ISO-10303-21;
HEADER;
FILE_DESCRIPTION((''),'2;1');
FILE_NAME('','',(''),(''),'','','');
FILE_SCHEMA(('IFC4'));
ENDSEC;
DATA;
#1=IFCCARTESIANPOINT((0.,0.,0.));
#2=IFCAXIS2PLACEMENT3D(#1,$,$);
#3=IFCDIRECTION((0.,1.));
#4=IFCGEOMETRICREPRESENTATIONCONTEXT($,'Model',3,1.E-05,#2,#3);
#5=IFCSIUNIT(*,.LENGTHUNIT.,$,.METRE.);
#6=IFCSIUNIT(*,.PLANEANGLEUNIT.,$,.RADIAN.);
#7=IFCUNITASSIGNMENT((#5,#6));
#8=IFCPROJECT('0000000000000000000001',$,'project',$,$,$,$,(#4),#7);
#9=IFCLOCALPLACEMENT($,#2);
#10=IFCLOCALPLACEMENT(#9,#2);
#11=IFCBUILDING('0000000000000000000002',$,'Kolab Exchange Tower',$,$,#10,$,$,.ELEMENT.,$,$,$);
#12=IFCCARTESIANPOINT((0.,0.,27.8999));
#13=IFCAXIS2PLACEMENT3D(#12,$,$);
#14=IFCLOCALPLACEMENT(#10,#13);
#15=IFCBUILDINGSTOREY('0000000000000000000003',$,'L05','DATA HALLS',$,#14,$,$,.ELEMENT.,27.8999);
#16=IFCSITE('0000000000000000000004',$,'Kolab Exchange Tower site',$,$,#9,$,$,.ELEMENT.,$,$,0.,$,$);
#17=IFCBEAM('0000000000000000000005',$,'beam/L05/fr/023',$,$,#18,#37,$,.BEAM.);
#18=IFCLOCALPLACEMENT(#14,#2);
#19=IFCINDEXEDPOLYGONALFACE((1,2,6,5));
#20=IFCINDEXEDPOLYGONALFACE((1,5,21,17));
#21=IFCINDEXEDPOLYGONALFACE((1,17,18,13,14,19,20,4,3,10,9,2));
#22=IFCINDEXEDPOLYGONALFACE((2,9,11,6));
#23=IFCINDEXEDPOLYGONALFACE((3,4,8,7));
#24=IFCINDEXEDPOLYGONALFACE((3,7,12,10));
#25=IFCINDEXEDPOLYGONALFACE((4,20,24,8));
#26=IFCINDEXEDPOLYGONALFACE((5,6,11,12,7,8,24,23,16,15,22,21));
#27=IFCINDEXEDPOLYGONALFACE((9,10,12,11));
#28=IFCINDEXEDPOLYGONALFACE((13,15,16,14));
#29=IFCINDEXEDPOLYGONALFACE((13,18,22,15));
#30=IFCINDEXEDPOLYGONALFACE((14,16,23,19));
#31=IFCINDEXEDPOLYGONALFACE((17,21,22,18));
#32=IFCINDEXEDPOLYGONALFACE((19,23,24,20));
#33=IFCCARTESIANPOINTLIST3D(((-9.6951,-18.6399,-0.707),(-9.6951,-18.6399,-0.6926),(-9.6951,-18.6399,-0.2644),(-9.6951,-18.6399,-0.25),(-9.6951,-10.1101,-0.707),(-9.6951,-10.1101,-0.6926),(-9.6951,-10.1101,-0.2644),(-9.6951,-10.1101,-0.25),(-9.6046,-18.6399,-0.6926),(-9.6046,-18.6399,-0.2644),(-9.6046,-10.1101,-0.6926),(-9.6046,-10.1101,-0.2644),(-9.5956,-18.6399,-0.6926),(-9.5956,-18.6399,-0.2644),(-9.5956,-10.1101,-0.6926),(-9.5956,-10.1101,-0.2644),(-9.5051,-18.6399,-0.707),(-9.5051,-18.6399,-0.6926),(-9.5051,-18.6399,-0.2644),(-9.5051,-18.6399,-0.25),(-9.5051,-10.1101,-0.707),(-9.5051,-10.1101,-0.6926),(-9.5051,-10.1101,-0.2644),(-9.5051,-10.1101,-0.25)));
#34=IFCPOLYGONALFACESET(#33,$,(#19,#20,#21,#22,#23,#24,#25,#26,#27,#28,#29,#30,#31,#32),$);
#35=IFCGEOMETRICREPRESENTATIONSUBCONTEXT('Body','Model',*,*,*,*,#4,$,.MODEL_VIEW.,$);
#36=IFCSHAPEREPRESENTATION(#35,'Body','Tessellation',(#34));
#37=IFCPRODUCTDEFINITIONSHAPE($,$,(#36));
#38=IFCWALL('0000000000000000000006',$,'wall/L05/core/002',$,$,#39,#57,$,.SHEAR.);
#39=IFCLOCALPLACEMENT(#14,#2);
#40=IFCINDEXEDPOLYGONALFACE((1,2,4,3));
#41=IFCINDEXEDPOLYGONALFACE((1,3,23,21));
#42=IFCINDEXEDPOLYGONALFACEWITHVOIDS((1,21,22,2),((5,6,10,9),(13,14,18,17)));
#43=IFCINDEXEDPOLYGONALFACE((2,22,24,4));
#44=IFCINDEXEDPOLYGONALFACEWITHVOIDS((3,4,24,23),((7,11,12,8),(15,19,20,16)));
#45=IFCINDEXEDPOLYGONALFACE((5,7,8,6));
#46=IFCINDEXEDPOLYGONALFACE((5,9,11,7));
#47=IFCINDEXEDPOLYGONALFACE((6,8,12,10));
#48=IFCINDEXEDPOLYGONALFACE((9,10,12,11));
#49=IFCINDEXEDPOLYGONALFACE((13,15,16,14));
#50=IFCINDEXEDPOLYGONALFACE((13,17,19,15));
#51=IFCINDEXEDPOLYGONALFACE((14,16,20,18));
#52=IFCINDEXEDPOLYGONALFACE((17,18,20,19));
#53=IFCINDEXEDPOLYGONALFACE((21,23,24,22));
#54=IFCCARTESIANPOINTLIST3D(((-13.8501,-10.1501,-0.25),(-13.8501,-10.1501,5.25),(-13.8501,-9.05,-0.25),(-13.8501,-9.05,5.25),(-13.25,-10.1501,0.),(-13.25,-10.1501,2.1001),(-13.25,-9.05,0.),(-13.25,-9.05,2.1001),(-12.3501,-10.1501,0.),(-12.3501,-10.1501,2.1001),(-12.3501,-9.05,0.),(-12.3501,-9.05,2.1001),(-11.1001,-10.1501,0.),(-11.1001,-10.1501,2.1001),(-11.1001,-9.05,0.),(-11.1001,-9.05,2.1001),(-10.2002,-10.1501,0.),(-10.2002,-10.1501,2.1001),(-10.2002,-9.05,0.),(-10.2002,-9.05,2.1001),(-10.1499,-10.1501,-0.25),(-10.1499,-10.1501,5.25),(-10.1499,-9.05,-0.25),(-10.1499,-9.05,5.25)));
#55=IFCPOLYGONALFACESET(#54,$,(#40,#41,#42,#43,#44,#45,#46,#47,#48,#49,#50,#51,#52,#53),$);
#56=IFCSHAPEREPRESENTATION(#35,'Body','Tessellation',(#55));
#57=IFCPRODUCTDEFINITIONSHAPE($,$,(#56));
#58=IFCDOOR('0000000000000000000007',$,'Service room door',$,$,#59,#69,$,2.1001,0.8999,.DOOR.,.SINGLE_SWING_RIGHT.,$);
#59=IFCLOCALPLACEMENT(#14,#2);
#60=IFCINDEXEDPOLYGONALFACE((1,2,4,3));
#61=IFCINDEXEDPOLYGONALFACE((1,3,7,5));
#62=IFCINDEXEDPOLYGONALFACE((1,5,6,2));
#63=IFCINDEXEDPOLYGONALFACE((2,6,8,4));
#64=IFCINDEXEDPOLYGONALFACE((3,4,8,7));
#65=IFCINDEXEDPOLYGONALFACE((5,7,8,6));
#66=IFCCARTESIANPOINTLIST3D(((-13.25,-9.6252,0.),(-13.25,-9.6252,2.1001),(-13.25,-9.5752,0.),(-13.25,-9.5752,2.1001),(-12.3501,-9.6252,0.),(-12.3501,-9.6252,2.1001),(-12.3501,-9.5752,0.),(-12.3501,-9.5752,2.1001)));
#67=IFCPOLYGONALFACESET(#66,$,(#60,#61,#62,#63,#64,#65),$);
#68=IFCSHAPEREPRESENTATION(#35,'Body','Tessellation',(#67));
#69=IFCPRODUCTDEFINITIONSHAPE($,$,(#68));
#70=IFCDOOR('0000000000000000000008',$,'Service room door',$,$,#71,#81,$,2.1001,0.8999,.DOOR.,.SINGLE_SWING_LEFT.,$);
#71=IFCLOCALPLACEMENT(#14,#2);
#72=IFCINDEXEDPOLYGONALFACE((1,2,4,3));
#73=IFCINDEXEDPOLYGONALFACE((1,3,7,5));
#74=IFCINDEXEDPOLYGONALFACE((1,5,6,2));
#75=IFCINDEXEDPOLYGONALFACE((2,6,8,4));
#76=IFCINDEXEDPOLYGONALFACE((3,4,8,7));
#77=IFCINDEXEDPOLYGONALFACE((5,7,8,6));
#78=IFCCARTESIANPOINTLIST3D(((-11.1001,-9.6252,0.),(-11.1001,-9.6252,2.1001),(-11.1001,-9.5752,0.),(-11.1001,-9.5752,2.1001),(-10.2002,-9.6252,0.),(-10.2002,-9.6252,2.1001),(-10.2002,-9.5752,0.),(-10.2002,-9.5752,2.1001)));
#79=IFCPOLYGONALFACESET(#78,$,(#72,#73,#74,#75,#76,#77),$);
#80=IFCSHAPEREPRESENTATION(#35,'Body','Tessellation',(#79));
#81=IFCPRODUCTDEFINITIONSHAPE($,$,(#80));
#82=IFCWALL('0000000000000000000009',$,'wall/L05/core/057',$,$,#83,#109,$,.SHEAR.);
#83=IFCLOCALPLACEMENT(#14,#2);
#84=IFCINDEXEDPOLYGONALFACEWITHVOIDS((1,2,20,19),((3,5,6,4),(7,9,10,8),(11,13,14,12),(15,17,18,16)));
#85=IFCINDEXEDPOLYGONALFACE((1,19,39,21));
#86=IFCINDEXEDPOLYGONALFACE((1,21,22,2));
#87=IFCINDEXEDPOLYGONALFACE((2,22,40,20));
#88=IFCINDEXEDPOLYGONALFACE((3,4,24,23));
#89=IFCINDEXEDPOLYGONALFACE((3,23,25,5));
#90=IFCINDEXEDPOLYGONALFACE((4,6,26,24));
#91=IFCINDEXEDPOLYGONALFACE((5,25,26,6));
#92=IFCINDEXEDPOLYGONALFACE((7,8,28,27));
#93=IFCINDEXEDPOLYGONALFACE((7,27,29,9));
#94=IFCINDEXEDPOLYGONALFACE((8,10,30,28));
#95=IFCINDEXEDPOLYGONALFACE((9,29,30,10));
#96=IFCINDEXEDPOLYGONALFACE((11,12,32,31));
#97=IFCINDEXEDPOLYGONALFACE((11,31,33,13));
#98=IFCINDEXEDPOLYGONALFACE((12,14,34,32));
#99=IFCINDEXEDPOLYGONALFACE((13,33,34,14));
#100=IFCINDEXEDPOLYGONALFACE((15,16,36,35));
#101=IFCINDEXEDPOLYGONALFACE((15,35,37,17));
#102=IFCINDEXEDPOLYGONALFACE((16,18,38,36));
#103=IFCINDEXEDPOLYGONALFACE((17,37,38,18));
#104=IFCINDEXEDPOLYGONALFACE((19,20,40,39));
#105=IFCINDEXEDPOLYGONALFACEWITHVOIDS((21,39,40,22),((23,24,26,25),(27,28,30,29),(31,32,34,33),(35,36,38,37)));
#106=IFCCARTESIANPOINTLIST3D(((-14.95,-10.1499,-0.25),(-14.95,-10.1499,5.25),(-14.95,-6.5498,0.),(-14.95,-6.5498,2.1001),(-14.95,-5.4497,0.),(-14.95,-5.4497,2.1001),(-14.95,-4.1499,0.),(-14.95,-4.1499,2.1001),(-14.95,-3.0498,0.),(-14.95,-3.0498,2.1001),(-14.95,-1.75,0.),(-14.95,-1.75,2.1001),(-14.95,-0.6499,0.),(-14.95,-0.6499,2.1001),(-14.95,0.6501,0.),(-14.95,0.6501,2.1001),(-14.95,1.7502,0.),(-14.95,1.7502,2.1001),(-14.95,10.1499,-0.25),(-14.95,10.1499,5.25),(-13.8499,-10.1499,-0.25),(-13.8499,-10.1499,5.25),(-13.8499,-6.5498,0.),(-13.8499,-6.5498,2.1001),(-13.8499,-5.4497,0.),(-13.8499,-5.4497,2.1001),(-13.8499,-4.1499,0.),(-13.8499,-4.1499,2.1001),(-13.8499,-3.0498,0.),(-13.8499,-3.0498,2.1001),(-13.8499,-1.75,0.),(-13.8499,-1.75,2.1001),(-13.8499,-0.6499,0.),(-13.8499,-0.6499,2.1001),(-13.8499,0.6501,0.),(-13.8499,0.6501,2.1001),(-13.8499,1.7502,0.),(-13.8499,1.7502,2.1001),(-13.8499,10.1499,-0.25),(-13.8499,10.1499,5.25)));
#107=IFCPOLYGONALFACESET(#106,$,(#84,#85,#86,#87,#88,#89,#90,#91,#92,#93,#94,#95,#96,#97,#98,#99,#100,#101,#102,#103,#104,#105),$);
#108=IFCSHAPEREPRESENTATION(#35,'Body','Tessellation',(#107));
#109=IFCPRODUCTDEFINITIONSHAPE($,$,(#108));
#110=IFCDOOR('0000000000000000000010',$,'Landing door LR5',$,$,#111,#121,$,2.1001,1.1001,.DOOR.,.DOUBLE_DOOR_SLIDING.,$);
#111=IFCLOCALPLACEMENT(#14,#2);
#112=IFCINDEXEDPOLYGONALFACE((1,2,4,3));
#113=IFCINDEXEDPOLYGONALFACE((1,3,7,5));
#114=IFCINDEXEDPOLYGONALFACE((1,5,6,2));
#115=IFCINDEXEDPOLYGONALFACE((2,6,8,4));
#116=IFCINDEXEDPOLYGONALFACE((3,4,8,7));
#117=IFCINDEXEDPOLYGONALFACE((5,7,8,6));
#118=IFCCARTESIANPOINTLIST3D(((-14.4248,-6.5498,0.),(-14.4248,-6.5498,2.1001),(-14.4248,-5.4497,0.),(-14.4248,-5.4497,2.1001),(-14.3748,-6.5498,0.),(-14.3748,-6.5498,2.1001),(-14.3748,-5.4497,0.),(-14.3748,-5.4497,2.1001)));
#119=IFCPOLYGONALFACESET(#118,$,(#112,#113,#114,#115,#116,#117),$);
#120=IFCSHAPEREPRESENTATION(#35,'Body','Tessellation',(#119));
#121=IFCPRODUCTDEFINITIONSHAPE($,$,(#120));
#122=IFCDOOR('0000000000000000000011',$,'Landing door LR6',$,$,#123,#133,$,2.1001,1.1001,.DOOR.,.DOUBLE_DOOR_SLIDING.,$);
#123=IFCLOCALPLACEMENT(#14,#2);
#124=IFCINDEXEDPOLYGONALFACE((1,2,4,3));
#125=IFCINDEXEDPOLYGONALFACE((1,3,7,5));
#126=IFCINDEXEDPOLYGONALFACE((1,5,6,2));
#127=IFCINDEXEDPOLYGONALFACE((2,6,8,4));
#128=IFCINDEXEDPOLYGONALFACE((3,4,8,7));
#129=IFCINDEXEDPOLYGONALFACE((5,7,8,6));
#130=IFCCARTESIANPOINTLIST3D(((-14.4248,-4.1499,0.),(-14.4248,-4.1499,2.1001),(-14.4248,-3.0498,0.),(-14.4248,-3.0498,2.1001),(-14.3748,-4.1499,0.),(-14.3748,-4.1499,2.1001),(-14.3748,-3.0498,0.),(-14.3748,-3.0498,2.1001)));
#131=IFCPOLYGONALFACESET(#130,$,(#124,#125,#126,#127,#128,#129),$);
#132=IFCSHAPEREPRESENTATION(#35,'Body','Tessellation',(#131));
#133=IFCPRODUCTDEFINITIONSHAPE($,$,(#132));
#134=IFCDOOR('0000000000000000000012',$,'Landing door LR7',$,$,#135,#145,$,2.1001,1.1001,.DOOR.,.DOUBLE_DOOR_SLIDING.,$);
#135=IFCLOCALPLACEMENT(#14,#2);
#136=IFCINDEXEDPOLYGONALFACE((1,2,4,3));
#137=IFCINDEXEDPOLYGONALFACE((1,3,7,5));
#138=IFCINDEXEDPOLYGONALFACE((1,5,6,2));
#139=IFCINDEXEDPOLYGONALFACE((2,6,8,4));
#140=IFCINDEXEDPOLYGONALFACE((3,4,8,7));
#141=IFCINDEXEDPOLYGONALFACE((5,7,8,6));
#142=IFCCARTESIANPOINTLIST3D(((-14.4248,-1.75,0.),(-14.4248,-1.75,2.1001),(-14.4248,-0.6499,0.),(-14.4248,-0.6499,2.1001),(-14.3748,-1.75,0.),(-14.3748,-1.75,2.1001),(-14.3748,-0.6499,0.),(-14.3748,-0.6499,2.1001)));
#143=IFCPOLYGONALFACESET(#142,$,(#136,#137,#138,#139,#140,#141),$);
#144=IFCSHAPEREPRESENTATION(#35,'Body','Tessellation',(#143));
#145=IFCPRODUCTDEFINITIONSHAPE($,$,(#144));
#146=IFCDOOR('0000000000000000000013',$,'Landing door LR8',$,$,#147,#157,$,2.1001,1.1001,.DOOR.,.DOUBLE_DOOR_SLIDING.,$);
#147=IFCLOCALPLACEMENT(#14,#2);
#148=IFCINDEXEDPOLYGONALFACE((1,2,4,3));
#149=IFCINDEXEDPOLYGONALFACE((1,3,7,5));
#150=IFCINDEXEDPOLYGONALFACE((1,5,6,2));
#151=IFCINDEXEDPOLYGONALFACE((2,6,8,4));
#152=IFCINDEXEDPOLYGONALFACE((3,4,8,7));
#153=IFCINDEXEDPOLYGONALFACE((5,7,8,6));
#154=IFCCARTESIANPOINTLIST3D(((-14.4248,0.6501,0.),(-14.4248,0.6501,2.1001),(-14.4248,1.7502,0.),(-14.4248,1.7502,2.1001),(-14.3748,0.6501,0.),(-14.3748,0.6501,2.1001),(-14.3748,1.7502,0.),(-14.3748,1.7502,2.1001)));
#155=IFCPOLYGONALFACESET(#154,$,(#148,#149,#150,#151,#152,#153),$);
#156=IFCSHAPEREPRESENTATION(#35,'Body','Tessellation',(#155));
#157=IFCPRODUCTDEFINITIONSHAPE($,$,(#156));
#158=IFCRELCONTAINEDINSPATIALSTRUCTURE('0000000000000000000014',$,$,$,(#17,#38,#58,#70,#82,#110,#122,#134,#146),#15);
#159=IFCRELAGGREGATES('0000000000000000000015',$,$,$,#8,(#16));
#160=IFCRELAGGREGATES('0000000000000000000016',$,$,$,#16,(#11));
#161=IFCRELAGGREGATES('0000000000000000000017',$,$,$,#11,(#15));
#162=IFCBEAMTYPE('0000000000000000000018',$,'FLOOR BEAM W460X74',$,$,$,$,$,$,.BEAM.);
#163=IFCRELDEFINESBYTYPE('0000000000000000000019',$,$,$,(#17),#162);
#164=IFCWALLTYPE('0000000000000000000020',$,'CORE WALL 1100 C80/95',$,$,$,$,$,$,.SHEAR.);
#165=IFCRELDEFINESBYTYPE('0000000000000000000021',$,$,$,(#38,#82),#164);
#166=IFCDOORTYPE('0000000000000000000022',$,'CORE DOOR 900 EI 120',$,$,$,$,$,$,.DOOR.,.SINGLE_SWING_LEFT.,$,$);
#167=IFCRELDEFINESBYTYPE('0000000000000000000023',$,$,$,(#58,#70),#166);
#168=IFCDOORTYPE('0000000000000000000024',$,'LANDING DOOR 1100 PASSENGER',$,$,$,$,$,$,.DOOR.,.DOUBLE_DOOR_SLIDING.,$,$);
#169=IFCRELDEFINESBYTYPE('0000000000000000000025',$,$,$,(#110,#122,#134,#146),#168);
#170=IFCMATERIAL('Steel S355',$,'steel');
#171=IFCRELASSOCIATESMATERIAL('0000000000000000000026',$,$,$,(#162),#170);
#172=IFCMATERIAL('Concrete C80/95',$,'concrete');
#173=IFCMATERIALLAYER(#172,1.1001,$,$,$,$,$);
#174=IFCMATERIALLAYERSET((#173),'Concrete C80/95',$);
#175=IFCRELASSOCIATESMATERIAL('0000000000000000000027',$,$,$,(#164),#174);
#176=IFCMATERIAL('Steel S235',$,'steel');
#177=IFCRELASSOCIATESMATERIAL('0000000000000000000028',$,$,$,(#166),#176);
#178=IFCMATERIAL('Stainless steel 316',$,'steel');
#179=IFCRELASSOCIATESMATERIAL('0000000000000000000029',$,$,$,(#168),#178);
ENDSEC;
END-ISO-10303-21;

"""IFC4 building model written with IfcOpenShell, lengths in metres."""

from ifc_helpers import new_model, si_unit, direction, frame, frame_2d, origin, origin_2d, place, context, subcontext, project, spatial, rectangle, i_section, extrude, material, layer, layer_set, material_profile, profile_set, type_object, element, fill, save


model = new_model("IFC4")

# Units and contexts
model_context = context("Model", 3, precision=1e-05, world=origin(), true_north=direction((0.0, 1.0)))
body_context = subcontext(model_context, "Body", "Model", "MODEL_VIEW")
ifc_project = project(units=[si_unit("LENGTHUNIT", "METRE"), si_unit("PLANEANGLEUNIT", "RADIAN")], contexts=[model_context])

# Site, building, storey
site_placement = place(None, origin())
site = spatial("IfcSite", under=ifc_project, at=site_placement, Name="Kolab Exchange Tower site", CompositionType="ELEMENT", RefElevation=0.0)
building_placement = place(site_placement, origin())
building = spatial("IfcBuilding", under=site, at=building_placement, Name="Kolab Exchange Tower", CompositionType="ELEMENT")
storey_placement = place(building_placement, frame((0.0, 0.0, 27.8999)))
storey = spatial("IfcBuildingStorey", under=building, at=storey_placement, Name="L05", Description="DATA HALLS", CompositionType="ELEMENT", Elevation=27.8999)

# Beam
ifc_material_1 = material(Name="Steel S355", Category="steel")
ifc_material_profile = material_profile(ifc_material_1, i_section(OverallWidth=0.1899, OverallDepth=0.457, WebThickness=0.009, FlangeThickness=0.0144, at=origin_2d()), Name="W460X74")
ifc_profile_set = profile_set([ifc_material_profile], Name="Steel S355")
beam_type = type_object("IfcBeamType", Name="FLOOR BEAM W460X74", PredefinedType="BEAM", material=ifc_profile_set)
beam_placement = place(storey_placement, frame((-9.6001, -18.6399, -0.4785), z_axis=(0.0, 1.0, 0.0), x_axis=(-1.0, 0.0, 0.0)))
element("IfcBeam", 1, at=beam_placement, inside=storey, type_object=beam_type, Name="beam/L05/fr/023", PredefinedType="BEAM", context=body_context, shape_type="SweptSolid", body=[
    extrude(i_section(OverallWidth=0.1899, OverallDepth=0.457, WebThickness=0.009, FlangeThickness=0.0144, at=origin_2d()), origin(), (0.0, 0.0, 1.0), 8.5298),
])

# Walls, openings, doors
ifc_material_2 = material(Name="Concrete C80/95", Category="concrete")
ifc_layer_1 = layer(ifc_material_2, 1.1001)
ifc_layer_set_1 = layer_set([ifc_layer_1], Name="Concrete C80/95")
wall_type_1 = type_object("IfcWallType", Name="CORE WALL 1100 C80/95", PredefinedType="SHEAR", material=ifc_layer_set_1)
wall_1_placement = place(storey_placement, frame((-13.8501, -9.6001, -0.25), z_axis=(0.0, 0.0, 1.0), x_axis=(1.0, 0.0, 0.0)))
wall_1 = element("IfcWall", 2, at=wall_1_placement, inside=storey, type_object=wall_type_1, Name="wall/L05/core/002", PredefinedType="SHEAR", context=body_context, shape_type="SweptSolid", body=[
    extrude(rectangle(XDim=3.7002, YDim=1.1001, at=frame_2d((1.8501, 0.0))), origin(), (0.0, 0.0, 1.0), 5.5),
])
opening_1_placement = place(wall_1_placement, frame((0.6001, 0.0, 0.25)))
opening_1 = element("IfcOpeningElement", 3, at=opening_1_placement, cuts=wall_1, PredefinedType="OPENING", context=body_context, shape_type="SweptSolid", body=[
    extrude(rectangle(XDim=0.8999, YDim=2.1001, at=frame_2d((0.45, 1.05))), frame((0.0, 0.5601, 0.0), z_axis=(0.0, -1.0, 0.0), x_axis=(1.0, 0.0, 0.0)), (0.0, 0.0, 1.0), 1.1201),
])
opening_2_placement = place(wall_1_placement, frame((2.75, 0.0, 0.25)))
opening_2 = element("IfcOpeningElement", 4, at=opening_2_placement, cuts=wall_1, PredefinedType="OPENING", context=body_context, shape_type="SweptSolid", body=[
    extrude(rectangle(XDim=0.8999, YDim=2.1001, at=frame_2d((0.45, 1.05))), frame((0.0, 0.5601, 0.0), z_axis=(0.0, -1.0, 0.0), x_axis=(1.0, 0.0, 0.0)), (0.0, 0.0, 1.0), 1.1201),
])
ifc_material_3 = material(Name="Steel S235", Category="steel")
door_type_1 = type_object("IfcDoorType", Name="CORE DOOR 900 EI 120", OperationType="SINGLE_SWING_LEFT", PredefinedType="DOOR", material=ifc_material_3)
door_1_placement = place(opening_1_placement, origin())
door_1 = element("IfcDoor", 5, at=door_1_placement, inside=storey, type_object=door_type_1, Name="Service room door", OperationType="SINGLE_SWING_RIGHT", OverallHeight=2.1001, OverallWidth=0.8999, PredefinedType="DOOR", context=body_context, shape_type="SweptSolid", body=[
    extrude(rectangle(XDim=0.8999, YDim=2.1001, at=frame_2d((0.45, 1.05))), frame((0.0, 0.0249, 0.0), z_axis=(0.0, -1.0, 0.0), x_axis=(1.0, 0.0, 0.0)), (0.0, 0.0, 1.0), 0.05),
])
fill(opening_1, door_1)
door_2_placement = place(opening_2_placement, origin())
door_2 = element("IfcDoor", 6, at=door_2_placement, inside=storey, type_object=door_type_1, Name="Service room door", OperationType="SINGLE_SWING_LEFT", OverallHeight=2.1001, OverallWidth=0.8999, PredefinedType="DOOR", context=body_context, shape_type="SweptSolid", body=[
    extrude(rectangle(XDim=0.8999, YDim=2.1001, at=frame_2d((0.45, 1.05))), frame((0.0, 0.0249, 0.0), z_axis=(0.0, -1.0, 0.0), x_axis=(1.0, 0.0, 0.0)), (0.0, 0.0, 1.0), 0.05),
])
fill(opening_2, door_2)
wall_2_placement = place(storey_placement, frame((-14.3999, -10.1499, -0.25), z_axis=(0.0, 0.0, 1.0), x_axis=(0.0, 1.0, 0.0)))
wall_2 = element("IfcWall", 7, at=wall_2_placement, inside=storey, type_object=wall_type_1, Name="wall/L05/core/057", PredefinedType="SHEAR", context=body_context, shape_type="SweptSolid", body=[
    extrude(rectangle(XDim=20.2998, YDim=1.1001, at=frame_2d((10.1499, 0.0))), origin(), (0.0, 0.0, 1.0), 5.5),
])
opening_3_placement = place(wall_2_placement, frame((3.6001, 0.0, 0.25)))
opening_3 = element("IfcOpeningElement", 8, at=opening_3_placement, cuts=wall_2, PredefinedType="OPENING", context=body_context, shape_type="SweptSolid", body=[
    extrude(rectangle(XDim=1.1001, YDim=2.1001, at=frame_2d((0.55, 1.05))), frame((0.0, 0.5601, 0.0), z_axis=(0.0, -1.0, 0.0), x_axis=(1.0, 0.0, 0.0)), (0.0, 0.0, 1.0), 1.1201),
])
opening_4_placement = place(wall_2_placement, frame((6.0, 0.0, 0.25)))
opening_4 = element("IfcOpeningElement", 9, at=opening_4_placement, cuts=wall_2, PredefinedType="OPENING", context=body_context, shape_type="SweptSolid", body=[
    extrude(rectangle(XDim=1.1001, YDim=2.1001, at=frame_2d((0.55, 1.05))), frame((0.0, 0.5601, 0.0), z_axis=(0.0, -1.0, 0.0), x_axis=(1.0, 0.0, 0.0)), (0.0, 0.0, 1.0), 1.1201),
])
opening_5_placement = place(wall_2_placement, frame((8.3999, 0.0, 0.25)))
opening_5 = element("IfcOpeningElement", 10, at=opening_5_placement, cuts=wall_2, PredefinedType="OPENING", context=body_context, shape_type="SweptSolid", body=[
    extrude(rectangle(XDim=1.1001, YDim=2.1001, at=frame_2d((0.55, 1.05))), frame((0.0, 0.5601, 0.0), z_axis=(0.0, -1.0, 0.0), x_axis=(1.0, 0.0, 0.0)), (0.0, 0.0, 1.0), 1.1201),
])
opening_6_placement = place(wall_2_placement, frame((10.8, 0.0, 0.25)))
opening_6 = element("IfcOpeningElement", 11, at=opening_6_placement, cuts=wall_2, PredefinedType="OPENING", context=body_context, shape_type="SweptSolid", body=[
    extrude(rectangle(XDim=1.1001, YDim=2.1001, at=frame_2d((0.55, 1.05))), frame((0.0, 0.5601, 0.0), z_axis=(0.0, -1.0, 0.0), x_axis=(1.0, 0.0, 0.0)), (0.0, 0.0, 1.0), 1.1201),
])
ifc_material_4 = material(Name="Stainless steel 316", Category="steel")
door_type_2 = type_object("IfcDoorType", Name="LANDING DOOR 1100 PASSENGER", OperationType="DOUBLE_DOOR_SLIDING", PredefinedType="DOOR", material=ifc_material_4)
door_3_placement = place(opening_3_placement, origin())
door_3 = element("IfcDoor", 12, at=door_3_placement, inside=storey, type_object=door_type_2, Name="Landing door LR5", OperationType="DOUBLE_DOOR_SLIDING", OverallHeight=2.1001, OverallWidth=1.1001, PredefinedType="DOOR", context=body_context, shape_type="SweptSolid", body=[
    extrude(rectangle(XDim=1.1001, YDim=2.1001, at=frame_2d((0.55, 1.05))), frame((0.0, 0.0249, 0.0), z_axis=(0.0, -1.0, 0.0), x_axis=(1.0, 0.0, 0.0)), (0.0, 0.0, 1.0), 0.05),
])
fill(opening_3, door_3)
door_4_placement = place(opening_4_placement, origin())
door_4 = element("IfcDoor", 13, at=door_4_placement, inside=storey, type_object=door_type_2, Name="Landing door LR6", OperationType="DOUBLE_DOOR_SLIDING", OverallHeight=2.1001, OverallWidth=1.1001, PredefinedType="DOOR", context=body_context, shape_type="SweptSolid", body=[
    extrude(rectangle(XDim=1.1001, YDim=2.1001, at=frame_2d((0.55, 1.05))), frame((0.0, 0.0249, 0.0), z_axis=(0.0, -1.0, 0.0), x_axis=(1.0, 0.0, 0.0)), (0.0, 0.0, 1.0), 0.05),
])
fill(opening_4, door_4)
door_5_placement = place(opening_5_placement, origin())
door_5 = element("IfcDoor", 14, at=door_5_placement, inside=storey, type_object=door_type_2, Name="Landing door LR7", OperationType="DOUBLE_DOOR_SLIDING", OverallHeight=2.1001, OverallWidth=1.1001, PredefinedType="DOOR", context=body_context, shape_type="SweptSolid", body=[
    extrude(rectangle(XDim=1.1001, YDim=2.1001, at=frame_2d((0.55, 1.05))), frame((0.0, 0.0249, 0.0), z_axis=(0.0, -1.0, 0.0), x_axis=(1.0, 0.0, 0.0)), (0.0, 0.0, 1.0), 0.05),
])
fill(opening_5, door_5)
door_6_placement = place(opening_6_placement, origin())
door_6 = element("IfcDoor", 15, at=door_6_placement, inside=storey, type_object=door_type_2, Name="Landing door LR8", OperationType="DOUBLE_DOOR_SLIDING", OverallHeight=2.1001, OverallWidth=1.1001, PredefinedType="DOOR", context=body_context, shape_type="SweptSolid", body=[
    extrude(rectangle(XDim=1.1001, YDim=2.1001, at=frame_2d((0.55, 1.05))), frame((0.0, 0.0249, 0.0), z_axis=(0.0, -1.0, 0.0), x_axis=(1.0, 0.0, 0.0)), (0.0, 0.0, 1.0), 0.05),
])
fill(opening_6, door_6)

save(model, "model.ifc")
